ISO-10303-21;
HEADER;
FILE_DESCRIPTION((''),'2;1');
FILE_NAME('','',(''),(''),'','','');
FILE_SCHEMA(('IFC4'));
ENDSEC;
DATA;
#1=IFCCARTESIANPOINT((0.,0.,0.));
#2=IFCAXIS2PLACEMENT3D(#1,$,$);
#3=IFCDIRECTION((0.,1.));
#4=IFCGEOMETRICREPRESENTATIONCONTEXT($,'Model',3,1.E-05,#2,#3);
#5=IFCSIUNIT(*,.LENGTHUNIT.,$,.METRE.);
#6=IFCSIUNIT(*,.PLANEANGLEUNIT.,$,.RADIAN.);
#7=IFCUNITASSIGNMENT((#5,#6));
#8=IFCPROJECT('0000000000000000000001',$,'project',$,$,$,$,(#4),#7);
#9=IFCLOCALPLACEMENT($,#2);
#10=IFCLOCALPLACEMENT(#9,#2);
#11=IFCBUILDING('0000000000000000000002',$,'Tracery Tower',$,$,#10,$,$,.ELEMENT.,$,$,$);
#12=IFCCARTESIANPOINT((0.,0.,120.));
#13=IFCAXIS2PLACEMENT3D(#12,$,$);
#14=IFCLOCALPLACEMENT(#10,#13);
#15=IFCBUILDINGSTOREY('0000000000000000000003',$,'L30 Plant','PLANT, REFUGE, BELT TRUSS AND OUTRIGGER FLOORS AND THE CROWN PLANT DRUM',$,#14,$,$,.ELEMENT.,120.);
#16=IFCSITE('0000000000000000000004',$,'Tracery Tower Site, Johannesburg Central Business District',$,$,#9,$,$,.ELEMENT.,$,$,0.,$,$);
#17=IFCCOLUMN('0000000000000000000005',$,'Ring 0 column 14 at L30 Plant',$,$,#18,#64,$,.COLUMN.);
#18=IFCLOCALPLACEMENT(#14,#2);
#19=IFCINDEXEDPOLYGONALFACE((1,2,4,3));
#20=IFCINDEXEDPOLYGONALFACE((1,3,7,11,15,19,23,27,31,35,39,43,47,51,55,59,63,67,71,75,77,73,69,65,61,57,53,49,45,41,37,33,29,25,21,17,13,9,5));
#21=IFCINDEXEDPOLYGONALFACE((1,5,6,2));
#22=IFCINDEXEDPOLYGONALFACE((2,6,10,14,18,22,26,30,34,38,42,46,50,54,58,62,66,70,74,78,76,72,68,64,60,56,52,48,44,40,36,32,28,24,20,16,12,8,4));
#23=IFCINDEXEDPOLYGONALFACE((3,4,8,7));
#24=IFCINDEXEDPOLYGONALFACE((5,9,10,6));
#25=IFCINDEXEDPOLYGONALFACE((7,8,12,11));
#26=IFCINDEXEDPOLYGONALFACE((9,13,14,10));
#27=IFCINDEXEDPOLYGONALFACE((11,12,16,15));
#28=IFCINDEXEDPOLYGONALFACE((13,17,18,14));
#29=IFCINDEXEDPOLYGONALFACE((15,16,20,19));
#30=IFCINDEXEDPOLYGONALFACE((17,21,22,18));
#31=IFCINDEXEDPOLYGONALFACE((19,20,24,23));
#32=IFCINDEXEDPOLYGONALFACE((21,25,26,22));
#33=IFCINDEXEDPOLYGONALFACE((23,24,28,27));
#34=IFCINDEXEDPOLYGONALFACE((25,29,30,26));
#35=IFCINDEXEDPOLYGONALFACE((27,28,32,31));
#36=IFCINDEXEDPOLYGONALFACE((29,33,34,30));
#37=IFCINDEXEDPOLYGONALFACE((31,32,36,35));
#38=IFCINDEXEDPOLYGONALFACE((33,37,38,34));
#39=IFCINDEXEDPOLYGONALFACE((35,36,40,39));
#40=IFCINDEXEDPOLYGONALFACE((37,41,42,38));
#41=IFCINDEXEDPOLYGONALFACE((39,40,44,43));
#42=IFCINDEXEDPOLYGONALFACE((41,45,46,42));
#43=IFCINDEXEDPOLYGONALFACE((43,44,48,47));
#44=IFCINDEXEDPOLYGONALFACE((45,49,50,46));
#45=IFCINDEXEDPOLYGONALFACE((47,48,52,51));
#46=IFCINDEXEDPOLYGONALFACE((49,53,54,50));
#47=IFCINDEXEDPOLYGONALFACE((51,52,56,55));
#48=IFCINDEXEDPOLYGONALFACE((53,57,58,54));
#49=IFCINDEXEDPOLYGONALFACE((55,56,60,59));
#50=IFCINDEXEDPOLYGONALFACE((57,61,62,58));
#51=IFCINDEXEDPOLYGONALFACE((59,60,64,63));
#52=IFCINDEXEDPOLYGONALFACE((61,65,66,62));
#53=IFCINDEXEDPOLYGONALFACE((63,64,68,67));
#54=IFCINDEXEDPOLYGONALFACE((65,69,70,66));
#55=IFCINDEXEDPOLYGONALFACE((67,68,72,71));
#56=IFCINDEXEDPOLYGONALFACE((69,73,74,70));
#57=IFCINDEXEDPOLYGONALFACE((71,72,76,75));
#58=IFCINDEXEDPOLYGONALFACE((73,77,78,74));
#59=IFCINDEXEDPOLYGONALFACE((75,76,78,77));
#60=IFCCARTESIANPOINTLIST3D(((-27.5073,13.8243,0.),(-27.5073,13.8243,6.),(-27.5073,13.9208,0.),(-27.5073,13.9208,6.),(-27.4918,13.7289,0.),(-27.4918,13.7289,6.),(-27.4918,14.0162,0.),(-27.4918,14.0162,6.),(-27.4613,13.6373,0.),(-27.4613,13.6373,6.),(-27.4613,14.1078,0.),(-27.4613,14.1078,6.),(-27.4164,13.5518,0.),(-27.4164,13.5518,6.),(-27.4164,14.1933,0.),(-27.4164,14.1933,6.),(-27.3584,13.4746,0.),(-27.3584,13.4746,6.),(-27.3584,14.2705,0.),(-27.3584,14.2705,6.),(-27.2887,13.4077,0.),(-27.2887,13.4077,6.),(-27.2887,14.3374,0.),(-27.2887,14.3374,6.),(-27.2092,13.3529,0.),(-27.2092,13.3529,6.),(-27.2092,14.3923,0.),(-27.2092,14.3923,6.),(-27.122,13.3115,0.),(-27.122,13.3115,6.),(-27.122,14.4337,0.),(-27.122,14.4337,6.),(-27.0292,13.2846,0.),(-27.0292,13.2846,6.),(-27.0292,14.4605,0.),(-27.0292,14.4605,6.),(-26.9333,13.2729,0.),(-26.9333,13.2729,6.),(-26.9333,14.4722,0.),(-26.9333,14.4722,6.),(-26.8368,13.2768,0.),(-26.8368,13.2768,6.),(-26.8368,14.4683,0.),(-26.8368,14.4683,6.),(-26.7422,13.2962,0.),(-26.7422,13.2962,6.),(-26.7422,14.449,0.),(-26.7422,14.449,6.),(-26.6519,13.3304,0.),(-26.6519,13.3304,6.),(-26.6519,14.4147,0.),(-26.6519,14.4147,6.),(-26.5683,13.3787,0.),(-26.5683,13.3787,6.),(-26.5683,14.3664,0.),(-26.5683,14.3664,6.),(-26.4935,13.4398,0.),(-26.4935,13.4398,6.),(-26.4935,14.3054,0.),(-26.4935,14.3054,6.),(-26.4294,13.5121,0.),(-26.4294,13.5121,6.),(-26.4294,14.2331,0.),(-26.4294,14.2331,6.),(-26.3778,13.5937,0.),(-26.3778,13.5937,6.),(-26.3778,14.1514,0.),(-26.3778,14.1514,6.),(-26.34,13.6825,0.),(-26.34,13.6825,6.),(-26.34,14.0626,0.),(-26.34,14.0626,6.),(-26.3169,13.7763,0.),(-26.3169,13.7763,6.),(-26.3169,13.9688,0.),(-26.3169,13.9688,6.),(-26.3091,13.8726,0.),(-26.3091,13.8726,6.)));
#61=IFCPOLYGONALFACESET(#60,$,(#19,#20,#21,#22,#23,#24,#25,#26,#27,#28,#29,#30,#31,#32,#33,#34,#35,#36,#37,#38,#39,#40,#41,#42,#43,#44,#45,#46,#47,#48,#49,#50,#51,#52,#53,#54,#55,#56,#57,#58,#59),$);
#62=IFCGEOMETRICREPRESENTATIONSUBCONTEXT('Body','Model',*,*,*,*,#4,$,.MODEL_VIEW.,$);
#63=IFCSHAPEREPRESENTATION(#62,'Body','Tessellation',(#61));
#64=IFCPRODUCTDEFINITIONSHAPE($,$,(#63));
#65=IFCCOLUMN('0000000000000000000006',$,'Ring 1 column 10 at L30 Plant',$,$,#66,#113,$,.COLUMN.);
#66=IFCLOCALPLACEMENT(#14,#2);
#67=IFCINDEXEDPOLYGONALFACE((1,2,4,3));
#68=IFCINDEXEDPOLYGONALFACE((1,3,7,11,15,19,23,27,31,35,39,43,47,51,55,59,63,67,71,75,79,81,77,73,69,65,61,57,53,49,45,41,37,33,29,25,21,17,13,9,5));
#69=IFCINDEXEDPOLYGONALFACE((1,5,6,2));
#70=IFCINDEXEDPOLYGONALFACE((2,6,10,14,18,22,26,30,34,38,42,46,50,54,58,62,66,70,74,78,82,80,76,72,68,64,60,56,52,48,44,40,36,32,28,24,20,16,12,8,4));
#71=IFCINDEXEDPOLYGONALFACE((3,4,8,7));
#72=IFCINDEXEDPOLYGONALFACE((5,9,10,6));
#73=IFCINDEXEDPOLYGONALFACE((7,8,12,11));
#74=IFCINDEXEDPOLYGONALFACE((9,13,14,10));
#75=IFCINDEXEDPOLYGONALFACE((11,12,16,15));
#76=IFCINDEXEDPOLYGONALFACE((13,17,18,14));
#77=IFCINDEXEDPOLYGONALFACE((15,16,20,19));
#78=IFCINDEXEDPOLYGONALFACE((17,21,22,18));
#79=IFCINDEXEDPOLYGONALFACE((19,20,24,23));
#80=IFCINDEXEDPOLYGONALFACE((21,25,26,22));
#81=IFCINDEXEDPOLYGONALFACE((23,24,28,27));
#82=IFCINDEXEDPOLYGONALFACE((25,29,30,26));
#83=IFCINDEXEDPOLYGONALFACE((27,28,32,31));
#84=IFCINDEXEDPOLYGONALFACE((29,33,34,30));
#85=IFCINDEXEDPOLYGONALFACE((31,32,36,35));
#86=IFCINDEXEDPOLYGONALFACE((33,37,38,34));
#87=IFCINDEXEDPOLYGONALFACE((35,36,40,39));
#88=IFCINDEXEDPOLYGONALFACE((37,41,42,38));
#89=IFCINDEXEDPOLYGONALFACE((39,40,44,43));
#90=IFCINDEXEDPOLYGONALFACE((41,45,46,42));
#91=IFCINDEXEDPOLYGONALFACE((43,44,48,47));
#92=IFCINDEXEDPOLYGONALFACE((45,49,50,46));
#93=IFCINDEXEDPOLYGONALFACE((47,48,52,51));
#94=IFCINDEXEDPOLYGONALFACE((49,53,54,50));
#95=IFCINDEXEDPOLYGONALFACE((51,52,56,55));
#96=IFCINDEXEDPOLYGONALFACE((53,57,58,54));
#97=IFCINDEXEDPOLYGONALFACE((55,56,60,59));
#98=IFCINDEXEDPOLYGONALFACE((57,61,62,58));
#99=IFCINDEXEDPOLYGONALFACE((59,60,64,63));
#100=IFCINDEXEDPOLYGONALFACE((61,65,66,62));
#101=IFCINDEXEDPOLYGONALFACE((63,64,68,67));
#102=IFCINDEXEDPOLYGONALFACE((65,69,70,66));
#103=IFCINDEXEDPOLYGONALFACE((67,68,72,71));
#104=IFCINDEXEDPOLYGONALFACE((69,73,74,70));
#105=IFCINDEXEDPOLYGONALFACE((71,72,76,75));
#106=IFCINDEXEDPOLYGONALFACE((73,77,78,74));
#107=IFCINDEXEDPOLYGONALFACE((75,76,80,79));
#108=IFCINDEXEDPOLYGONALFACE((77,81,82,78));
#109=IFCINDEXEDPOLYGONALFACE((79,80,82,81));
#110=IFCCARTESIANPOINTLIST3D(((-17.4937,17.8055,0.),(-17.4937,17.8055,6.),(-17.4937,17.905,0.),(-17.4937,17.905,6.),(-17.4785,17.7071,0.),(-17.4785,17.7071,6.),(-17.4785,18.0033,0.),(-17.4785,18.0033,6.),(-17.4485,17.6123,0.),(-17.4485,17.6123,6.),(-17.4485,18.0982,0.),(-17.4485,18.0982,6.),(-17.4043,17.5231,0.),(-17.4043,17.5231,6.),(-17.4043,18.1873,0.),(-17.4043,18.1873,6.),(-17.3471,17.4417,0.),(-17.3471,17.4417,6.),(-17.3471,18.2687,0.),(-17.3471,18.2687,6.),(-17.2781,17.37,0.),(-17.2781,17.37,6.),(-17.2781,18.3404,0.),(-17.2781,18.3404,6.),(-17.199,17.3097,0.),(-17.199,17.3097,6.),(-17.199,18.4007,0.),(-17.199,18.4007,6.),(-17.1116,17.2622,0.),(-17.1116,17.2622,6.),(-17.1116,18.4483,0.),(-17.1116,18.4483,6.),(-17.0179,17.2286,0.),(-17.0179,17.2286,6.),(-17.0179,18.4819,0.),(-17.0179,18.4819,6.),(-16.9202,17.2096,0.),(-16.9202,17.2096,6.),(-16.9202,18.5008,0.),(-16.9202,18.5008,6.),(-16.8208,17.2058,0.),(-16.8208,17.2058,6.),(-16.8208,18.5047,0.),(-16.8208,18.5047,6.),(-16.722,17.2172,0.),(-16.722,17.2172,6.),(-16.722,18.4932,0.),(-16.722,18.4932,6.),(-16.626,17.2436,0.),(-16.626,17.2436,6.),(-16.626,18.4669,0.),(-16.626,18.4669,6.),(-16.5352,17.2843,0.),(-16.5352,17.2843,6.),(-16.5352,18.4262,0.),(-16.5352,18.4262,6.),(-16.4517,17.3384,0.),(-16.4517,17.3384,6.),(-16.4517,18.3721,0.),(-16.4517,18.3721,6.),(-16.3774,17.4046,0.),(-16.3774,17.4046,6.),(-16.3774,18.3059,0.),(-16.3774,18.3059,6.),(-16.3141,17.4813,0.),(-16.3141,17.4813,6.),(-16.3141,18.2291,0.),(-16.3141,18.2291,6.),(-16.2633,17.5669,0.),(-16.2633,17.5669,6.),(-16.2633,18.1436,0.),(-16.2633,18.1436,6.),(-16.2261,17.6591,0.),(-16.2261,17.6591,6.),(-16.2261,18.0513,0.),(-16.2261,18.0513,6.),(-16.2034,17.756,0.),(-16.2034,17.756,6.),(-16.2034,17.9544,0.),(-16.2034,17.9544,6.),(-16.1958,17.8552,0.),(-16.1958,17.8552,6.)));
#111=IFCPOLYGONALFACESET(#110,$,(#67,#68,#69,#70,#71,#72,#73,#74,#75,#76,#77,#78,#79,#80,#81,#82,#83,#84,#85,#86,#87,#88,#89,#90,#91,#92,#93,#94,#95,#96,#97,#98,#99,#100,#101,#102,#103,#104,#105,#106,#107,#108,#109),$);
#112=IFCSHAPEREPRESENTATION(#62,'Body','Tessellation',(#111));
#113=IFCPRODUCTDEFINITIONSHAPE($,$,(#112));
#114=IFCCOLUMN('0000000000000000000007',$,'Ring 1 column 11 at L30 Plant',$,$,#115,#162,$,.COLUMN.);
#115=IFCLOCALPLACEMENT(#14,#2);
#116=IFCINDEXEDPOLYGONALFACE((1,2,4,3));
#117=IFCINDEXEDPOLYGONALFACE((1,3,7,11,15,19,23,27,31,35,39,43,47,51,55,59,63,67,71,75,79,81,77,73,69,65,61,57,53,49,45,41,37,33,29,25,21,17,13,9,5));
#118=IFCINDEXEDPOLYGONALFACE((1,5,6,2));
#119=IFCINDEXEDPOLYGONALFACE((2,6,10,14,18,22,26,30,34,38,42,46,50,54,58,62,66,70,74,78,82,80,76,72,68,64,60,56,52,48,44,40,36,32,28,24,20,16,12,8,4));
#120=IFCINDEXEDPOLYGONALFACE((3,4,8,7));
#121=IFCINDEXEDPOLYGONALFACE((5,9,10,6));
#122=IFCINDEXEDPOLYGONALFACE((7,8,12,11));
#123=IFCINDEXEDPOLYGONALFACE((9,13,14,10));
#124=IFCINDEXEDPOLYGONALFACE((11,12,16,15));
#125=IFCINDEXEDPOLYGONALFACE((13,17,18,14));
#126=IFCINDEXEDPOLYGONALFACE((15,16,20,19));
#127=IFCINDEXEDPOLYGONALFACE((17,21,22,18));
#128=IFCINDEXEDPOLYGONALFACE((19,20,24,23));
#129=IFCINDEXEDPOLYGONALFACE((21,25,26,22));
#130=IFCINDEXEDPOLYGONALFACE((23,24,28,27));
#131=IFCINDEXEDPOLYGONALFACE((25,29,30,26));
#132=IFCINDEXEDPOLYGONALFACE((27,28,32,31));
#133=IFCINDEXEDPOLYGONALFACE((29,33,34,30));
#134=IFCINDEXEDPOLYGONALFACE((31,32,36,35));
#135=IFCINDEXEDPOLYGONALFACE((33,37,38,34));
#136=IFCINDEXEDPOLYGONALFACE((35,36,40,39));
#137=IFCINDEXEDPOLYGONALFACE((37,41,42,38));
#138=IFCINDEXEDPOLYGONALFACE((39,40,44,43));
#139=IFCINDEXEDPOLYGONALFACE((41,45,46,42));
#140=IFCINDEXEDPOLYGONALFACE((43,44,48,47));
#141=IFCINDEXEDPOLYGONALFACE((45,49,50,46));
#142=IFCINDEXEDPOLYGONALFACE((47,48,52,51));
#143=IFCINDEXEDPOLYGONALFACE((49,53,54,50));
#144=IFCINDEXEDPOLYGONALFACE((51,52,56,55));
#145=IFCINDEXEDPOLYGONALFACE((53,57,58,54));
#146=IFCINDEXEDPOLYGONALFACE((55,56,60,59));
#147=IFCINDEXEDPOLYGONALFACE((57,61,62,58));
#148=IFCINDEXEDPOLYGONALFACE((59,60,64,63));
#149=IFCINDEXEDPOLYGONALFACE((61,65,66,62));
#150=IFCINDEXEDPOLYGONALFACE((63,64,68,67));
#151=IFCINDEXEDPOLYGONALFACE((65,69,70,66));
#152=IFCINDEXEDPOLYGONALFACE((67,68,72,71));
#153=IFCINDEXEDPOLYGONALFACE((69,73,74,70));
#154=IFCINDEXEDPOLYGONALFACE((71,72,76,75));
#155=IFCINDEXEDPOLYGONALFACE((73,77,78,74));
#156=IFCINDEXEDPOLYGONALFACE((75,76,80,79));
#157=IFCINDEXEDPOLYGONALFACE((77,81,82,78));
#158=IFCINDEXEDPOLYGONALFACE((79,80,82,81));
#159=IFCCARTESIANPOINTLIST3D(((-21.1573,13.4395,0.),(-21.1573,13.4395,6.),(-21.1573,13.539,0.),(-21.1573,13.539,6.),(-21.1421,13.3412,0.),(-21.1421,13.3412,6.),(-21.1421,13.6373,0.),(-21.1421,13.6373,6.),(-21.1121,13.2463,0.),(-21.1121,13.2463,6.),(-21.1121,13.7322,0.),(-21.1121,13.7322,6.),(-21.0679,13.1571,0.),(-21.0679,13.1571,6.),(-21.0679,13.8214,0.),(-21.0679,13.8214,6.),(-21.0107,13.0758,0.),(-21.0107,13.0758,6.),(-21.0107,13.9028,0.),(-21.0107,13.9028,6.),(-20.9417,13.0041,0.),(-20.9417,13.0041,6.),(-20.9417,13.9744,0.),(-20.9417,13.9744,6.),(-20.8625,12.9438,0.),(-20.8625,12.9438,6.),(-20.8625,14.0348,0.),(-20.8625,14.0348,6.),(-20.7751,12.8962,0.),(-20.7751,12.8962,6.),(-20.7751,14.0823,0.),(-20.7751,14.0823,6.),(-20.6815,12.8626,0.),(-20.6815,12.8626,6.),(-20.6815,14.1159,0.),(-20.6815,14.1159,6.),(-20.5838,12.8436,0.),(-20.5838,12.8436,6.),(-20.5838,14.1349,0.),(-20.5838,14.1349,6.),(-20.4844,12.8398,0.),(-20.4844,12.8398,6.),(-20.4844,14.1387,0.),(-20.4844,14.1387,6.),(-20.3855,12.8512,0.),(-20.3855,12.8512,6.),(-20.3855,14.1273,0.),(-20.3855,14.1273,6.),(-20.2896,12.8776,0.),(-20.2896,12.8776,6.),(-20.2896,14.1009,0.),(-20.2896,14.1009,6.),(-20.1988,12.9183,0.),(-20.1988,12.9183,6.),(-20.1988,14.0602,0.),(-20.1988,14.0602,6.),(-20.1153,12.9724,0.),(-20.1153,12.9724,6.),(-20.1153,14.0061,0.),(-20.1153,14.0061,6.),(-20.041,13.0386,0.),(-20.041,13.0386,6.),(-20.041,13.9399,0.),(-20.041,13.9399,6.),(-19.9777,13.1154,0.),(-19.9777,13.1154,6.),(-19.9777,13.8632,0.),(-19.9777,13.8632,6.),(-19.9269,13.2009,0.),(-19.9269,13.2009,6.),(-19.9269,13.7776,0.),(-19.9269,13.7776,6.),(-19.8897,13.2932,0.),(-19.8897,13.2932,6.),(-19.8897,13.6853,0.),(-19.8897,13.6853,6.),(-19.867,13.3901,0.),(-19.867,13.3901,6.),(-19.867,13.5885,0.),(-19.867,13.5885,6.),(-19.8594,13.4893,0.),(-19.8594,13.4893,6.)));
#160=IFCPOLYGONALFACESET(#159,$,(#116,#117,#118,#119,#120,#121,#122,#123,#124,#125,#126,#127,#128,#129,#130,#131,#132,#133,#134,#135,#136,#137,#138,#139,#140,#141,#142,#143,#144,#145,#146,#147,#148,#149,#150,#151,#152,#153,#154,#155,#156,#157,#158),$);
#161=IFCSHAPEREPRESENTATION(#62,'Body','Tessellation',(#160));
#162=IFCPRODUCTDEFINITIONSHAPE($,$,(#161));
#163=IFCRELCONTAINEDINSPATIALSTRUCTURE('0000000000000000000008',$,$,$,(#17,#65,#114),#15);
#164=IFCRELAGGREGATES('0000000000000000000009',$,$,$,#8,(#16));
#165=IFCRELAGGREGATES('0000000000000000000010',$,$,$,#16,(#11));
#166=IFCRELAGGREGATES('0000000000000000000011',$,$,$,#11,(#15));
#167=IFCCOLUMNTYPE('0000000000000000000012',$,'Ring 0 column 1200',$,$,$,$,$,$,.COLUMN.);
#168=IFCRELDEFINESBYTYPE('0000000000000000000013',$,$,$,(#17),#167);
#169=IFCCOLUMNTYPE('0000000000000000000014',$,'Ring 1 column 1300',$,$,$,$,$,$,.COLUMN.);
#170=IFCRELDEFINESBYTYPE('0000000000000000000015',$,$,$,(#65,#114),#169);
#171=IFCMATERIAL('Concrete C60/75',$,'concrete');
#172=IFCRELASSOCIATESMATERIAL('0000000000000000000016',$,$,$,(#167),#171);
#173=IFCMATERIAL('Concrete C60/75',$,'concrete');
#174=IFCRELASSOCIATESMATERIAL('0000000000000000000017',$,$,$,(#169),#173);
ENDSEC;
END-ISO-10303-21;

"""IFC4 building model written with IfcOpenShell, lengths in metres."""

from ifc_helpers import new_model, si_unit, direction, frame, origin, origin_2d, place, context, subcontext, project, spatial, circle, extrude, material, material_profile, profile_set, type_object, element, save


model = new_model("IFC4")

# Units and contexts
model_context = context("Model", 3, precision=1e-05, world=origin(), true_north=direction((0.0, 1.0)))
body_context = subcontext(model_context, "Body", "Model", "MODEL_VIEW")
ifc_project = project(units=[si_unit("LENGTHUNIT", "METRE"), si_unit("PLANEANGLEUNIT", "RADIAN")], contexts=[model_context])

# Site, building, storey
site_placement = place(None, origin())
site = spatial("IfcSite", under=ifc_project, at=site_placement, Name="Tracery Tower Site, Johannesburg Central Business District", CompositionType="ELEMENT", RefElevation=0.0)
building_placement = place(site_placement, origin())
building = spatial("IfcBuilding", under=site, at=building_placement, Name="Tracery Tower", CompositionType="ELEMENT")
storey_placement = place(building_placement, frame((0.0, 0.0, 120.0)))
storey = spatial("IfcBuildingStorey", under=building, at=storey_placement, Name="L30 Plant", Description="PLANT, REFUGE, BELT TRUSS AND OUTRIGGER FLOORS AND THE CROWN PLANT DRUM", CompositionType="ELEMENT", Elevation=120.0)

# Columns
ifc_material_1 = material(Name="Concrete C60/75", Category="concrete")
ifc_material_profile_1 = material_profile(ifc_material_1, circle(Radius=0.6001, at=origin_2d()), Name="RC D1200")
ifc_profile_set_1 = profile_set([ifc_material_profile_1], Name="Concrete C60/75")
column_type_1 = type_object("IfcColumnType", Name="Ring 0 column 1200", PredefinedType="COLUMN", material=ifc_profile_set_1)
column_placement = place(storey_placement, frame((-26.9092, 13.8726, 0.0), z_axis=(0.0, 0.0, 1.0), x_axis=(1.0, 0.0, 0.0)))
element("IfcColumn", 1, at=column_placement, inside=storey, type_object=column_type_1, Name="Ring 0 column 14 at L30 Plant", PredefinedType="COLUMN", context=body_context, shape_type="SweptSolid", body=[
    extrude(circle(Radius=0.6001, at=origin_2d()), origin(), (0.0, 0.0, 1.0), 6.0),
])
ifc_material_2 = material(Name="Concrete C60/75", Category="concrete")
ifc_material_profile_2 = material_profile(ifc_material_2, circle(Radius=0.6499, at=origin_2d()), Name="RC D1300")
ifc_profile_set_2 = profile_set([ifc_material_profile_2], Name="Concrete C60/75")
column_type_2 = type_object("IfcColumnType", Name="Ring 1 column 1300", PredefinedType="COLUMN", material=ifc_profile_set_2)
for number, where, z_axis, x_axis, name in (
    (2, (-16.8457, 17.8552, 0.0), (0.0, 0.0, 1.0), (1.0, 0.0, 0.0), "Ring 1 column 10 at L30 Plant"),
    (3, (-20.5093, 13.4893, 0.0), (0.0, 0.0, 1.0), (1.0, 0.0, 0.0), "Ring 1 column 11 at L30 Plant"),
):
    element("IfcColumn", number, at=place(storey_placement, frame(where, z_axis=z_axis, x_axis=x_axis)), inside=storey, type_object=column_type_2, Name=name, PredefinedType="COLUMN", context=body_context, shape_type="SweptSolid", body=[
        extrude(circle(Radius=0.6499, at=origin_2d()), origin(), (0.0, 0.0, 1.0), 6.0),
    ])

save(model, "model.ifc")
